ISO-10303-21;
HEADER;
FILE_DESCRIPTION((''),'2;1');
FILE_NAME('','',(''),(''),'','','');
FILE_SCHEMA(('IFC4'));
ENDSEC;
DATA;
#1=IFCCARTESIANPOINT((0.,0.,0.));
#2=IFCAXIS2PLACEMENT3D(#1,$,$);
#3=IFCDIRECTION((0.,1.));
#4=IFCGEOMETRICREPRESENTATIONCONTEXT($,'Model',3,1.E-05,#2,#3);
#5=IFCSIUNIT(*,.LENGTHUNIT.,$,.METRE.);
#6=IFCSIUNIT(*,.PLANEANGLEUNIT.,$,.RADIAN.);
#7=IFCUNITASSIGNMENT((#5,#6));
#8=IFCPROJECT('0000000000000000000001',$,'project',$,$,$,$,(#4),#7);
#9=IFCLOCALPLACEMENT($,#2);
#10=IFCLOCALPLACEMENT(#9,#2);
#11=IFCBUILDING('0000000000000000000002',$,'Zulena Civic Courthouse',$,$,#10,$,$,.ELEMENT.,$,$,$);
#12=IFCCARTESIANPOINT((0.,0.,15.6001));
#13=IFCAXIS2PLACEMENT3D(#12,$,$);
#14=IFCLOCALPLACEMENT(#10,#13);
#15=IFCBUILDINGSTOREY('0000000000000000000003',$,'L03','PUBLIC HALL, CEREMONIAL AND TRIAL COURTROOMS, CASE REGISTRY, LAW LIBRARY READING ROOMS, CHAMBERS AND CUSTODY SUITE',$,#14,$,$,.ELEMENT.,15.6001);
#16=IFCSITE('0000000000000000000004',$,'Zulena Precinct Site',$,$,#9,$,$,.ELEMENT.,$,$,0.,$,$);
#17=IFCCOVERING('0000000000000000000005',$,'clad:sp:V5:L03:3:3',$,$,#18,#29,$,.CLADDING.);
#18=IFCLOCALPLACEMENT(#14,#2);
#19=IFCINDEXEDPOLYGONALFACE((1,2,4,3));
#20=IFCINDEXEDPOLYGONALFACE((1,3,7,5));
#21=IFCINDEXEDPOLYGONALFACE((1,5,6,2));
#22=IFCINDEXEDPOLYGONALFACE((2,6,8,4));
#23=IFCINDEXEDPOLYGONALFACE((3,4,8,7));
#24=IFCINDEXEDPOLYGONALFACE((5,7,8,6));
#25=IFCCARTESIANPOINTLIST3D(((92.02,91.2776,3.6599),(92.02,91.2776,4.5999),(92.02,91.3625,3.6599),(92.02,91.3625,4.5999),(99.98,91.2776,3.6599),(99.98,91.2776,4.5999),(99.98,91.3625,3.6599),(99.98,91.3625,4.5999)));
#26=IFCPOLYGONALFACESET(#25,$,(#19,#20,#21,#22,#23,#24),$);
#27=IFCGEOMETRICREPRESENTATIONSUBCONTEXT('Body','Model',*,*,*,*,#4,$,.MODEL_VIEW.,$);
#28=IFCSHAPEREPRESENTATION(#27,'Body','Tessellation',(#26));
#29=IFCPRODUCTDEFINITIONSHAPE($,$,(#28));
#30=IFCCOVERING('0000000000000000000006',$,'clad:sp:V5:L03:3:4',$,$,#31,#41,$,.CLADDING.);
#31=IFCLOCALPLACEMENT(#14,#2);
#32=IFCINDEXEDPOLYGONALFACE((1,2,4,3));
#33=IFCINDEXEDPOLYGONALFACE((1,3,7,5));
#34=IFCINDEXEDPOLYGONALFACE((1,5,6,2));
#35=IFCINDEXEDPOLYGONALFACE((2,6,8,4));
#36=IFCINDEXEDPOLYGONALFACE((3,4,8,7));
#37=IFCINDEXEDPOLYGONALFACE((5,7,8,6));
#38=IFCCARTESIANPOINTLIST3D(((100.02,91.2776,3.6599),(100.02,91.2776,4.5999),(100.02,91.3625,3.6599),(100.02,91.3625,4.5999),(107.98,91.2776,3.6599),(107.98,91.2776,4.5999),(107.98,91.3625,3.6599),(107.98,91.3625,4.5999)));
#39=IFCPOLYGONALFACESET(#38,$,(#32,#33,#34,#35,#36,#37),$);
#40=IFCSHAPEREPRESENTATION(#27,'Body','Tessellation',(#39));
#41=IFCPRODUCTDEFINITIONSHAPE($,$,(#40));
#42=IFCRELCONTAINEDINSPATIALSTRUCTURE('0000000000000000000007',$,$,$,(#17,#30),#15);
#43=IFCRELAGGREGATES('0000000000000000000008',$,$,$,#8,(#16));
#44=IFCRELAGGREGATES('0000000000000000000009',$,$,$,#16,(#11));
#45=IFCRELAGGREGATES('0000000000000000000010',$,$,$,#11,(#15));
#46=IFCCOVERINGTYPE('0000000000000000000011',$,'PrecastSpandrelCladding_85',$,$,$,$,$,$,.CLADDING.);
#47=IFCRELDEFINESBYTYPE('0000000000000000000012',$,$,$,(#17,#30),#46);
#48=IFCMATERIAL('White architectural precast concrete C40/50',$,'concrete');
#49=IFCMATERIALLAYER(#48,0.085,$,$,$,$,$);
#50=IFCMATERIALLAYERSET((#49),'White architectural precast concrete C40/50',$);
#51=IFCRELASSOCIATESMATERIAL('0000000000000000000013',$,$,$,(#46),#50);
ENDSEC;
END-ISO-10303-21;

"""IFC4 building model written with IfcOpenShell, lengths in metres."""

from ifc_helpers import new_model, si_unit, direction, frame, origin, origin_2d, place, context, subcontext, project, spatial, rectangle, extrude, material, layer, layer_set, type_object, element, save


model = new_model("IFC4")

# Units and contexts
model_context = context("Model", 3, precision=1e-05, world=origin(), true_north=direction((0.0, 1.0)))
body_context = subcontext(model_context, "Body", "Model", "MODEL_VIEW")
ifc_project = project(units=[si_unit("LENGTHUNIT", "METRE"), si_unit("PLANEANGLEUNIT", "RADIAN")], contexts=[model_context])

# Site, building, storey
site_placement = place(None, origin())
site = spatial("IfcSite", under=ifc_project, at=site_placement, Name="Zulena Precinct Site", CompositionType="ELEMENT", RefElevation=0.0)
building_placement = place(site_placement, origin())
building = spatial("IfcBuilding", under=site, at=building_placement, Name="Zulena Civic Courthouse", CompositionType="ELEMENT")
storey_placement = place(building_placement, frame((0.0, 0.0, 15.6001)))
storey = spatial("IfcBuildingStorey", under=building, at=storey_placement, Name="L03", Description="PUBLIC HALL, CEREMONIAL AND TRIAL COURTROOMS, CASE REGISTRY, LAW LIBRARY READING ROOMS, CHAMBERS AND CUSTODY SUITE", CompositionType="ELEMENT", Elevation=15.6001)

# Coverings
ifc_material_1 = material(Name="White architectural precast concrete C40/50", Category="concrete")
ifc_layer_1 = layer(ifc_material_1, 0.085)
ifc_layer_set_1 = layer_set([ifc_layer_1], Name="White architectural precast concrete C40/50")
covering_type = type_object("IfcCoveringType", Name="PrecastSpandrelCladding_85", PredefinedType="CLADDING", material=ifc_layer_set_1)
for number, where, z_axis, x_axis, name in (
    (1, (96.0, 91.3201, 3.6599), (0.0, 0.0, 1.0), (1.0, 0.0, 0.0), "clad:sp:V5:L03:3:3"),
    (2, (104.0, 91.3201, 3.6599), (0.0, 0.0, 1.0), (1.0, 0.0, 0.0), "clad:sp:V5:L03:3:4"),
):
    element("IfcCovering", number, at=place(storey_placement, frame(where, z_axis=z_axis, x_axis=x_axis)), inside=storey, type_object=covering_type, Name=name, PredefinedType="CLADDING", context=body_context, shape_type="SweptSolid", body=[
        extrude(rectangle(XDim=7.96, YDim=0.085, at=origin_2d()), origin(), (0.0, 0.0, 1.0), 0.9399),
    ])

save(model, "model.ifc")
